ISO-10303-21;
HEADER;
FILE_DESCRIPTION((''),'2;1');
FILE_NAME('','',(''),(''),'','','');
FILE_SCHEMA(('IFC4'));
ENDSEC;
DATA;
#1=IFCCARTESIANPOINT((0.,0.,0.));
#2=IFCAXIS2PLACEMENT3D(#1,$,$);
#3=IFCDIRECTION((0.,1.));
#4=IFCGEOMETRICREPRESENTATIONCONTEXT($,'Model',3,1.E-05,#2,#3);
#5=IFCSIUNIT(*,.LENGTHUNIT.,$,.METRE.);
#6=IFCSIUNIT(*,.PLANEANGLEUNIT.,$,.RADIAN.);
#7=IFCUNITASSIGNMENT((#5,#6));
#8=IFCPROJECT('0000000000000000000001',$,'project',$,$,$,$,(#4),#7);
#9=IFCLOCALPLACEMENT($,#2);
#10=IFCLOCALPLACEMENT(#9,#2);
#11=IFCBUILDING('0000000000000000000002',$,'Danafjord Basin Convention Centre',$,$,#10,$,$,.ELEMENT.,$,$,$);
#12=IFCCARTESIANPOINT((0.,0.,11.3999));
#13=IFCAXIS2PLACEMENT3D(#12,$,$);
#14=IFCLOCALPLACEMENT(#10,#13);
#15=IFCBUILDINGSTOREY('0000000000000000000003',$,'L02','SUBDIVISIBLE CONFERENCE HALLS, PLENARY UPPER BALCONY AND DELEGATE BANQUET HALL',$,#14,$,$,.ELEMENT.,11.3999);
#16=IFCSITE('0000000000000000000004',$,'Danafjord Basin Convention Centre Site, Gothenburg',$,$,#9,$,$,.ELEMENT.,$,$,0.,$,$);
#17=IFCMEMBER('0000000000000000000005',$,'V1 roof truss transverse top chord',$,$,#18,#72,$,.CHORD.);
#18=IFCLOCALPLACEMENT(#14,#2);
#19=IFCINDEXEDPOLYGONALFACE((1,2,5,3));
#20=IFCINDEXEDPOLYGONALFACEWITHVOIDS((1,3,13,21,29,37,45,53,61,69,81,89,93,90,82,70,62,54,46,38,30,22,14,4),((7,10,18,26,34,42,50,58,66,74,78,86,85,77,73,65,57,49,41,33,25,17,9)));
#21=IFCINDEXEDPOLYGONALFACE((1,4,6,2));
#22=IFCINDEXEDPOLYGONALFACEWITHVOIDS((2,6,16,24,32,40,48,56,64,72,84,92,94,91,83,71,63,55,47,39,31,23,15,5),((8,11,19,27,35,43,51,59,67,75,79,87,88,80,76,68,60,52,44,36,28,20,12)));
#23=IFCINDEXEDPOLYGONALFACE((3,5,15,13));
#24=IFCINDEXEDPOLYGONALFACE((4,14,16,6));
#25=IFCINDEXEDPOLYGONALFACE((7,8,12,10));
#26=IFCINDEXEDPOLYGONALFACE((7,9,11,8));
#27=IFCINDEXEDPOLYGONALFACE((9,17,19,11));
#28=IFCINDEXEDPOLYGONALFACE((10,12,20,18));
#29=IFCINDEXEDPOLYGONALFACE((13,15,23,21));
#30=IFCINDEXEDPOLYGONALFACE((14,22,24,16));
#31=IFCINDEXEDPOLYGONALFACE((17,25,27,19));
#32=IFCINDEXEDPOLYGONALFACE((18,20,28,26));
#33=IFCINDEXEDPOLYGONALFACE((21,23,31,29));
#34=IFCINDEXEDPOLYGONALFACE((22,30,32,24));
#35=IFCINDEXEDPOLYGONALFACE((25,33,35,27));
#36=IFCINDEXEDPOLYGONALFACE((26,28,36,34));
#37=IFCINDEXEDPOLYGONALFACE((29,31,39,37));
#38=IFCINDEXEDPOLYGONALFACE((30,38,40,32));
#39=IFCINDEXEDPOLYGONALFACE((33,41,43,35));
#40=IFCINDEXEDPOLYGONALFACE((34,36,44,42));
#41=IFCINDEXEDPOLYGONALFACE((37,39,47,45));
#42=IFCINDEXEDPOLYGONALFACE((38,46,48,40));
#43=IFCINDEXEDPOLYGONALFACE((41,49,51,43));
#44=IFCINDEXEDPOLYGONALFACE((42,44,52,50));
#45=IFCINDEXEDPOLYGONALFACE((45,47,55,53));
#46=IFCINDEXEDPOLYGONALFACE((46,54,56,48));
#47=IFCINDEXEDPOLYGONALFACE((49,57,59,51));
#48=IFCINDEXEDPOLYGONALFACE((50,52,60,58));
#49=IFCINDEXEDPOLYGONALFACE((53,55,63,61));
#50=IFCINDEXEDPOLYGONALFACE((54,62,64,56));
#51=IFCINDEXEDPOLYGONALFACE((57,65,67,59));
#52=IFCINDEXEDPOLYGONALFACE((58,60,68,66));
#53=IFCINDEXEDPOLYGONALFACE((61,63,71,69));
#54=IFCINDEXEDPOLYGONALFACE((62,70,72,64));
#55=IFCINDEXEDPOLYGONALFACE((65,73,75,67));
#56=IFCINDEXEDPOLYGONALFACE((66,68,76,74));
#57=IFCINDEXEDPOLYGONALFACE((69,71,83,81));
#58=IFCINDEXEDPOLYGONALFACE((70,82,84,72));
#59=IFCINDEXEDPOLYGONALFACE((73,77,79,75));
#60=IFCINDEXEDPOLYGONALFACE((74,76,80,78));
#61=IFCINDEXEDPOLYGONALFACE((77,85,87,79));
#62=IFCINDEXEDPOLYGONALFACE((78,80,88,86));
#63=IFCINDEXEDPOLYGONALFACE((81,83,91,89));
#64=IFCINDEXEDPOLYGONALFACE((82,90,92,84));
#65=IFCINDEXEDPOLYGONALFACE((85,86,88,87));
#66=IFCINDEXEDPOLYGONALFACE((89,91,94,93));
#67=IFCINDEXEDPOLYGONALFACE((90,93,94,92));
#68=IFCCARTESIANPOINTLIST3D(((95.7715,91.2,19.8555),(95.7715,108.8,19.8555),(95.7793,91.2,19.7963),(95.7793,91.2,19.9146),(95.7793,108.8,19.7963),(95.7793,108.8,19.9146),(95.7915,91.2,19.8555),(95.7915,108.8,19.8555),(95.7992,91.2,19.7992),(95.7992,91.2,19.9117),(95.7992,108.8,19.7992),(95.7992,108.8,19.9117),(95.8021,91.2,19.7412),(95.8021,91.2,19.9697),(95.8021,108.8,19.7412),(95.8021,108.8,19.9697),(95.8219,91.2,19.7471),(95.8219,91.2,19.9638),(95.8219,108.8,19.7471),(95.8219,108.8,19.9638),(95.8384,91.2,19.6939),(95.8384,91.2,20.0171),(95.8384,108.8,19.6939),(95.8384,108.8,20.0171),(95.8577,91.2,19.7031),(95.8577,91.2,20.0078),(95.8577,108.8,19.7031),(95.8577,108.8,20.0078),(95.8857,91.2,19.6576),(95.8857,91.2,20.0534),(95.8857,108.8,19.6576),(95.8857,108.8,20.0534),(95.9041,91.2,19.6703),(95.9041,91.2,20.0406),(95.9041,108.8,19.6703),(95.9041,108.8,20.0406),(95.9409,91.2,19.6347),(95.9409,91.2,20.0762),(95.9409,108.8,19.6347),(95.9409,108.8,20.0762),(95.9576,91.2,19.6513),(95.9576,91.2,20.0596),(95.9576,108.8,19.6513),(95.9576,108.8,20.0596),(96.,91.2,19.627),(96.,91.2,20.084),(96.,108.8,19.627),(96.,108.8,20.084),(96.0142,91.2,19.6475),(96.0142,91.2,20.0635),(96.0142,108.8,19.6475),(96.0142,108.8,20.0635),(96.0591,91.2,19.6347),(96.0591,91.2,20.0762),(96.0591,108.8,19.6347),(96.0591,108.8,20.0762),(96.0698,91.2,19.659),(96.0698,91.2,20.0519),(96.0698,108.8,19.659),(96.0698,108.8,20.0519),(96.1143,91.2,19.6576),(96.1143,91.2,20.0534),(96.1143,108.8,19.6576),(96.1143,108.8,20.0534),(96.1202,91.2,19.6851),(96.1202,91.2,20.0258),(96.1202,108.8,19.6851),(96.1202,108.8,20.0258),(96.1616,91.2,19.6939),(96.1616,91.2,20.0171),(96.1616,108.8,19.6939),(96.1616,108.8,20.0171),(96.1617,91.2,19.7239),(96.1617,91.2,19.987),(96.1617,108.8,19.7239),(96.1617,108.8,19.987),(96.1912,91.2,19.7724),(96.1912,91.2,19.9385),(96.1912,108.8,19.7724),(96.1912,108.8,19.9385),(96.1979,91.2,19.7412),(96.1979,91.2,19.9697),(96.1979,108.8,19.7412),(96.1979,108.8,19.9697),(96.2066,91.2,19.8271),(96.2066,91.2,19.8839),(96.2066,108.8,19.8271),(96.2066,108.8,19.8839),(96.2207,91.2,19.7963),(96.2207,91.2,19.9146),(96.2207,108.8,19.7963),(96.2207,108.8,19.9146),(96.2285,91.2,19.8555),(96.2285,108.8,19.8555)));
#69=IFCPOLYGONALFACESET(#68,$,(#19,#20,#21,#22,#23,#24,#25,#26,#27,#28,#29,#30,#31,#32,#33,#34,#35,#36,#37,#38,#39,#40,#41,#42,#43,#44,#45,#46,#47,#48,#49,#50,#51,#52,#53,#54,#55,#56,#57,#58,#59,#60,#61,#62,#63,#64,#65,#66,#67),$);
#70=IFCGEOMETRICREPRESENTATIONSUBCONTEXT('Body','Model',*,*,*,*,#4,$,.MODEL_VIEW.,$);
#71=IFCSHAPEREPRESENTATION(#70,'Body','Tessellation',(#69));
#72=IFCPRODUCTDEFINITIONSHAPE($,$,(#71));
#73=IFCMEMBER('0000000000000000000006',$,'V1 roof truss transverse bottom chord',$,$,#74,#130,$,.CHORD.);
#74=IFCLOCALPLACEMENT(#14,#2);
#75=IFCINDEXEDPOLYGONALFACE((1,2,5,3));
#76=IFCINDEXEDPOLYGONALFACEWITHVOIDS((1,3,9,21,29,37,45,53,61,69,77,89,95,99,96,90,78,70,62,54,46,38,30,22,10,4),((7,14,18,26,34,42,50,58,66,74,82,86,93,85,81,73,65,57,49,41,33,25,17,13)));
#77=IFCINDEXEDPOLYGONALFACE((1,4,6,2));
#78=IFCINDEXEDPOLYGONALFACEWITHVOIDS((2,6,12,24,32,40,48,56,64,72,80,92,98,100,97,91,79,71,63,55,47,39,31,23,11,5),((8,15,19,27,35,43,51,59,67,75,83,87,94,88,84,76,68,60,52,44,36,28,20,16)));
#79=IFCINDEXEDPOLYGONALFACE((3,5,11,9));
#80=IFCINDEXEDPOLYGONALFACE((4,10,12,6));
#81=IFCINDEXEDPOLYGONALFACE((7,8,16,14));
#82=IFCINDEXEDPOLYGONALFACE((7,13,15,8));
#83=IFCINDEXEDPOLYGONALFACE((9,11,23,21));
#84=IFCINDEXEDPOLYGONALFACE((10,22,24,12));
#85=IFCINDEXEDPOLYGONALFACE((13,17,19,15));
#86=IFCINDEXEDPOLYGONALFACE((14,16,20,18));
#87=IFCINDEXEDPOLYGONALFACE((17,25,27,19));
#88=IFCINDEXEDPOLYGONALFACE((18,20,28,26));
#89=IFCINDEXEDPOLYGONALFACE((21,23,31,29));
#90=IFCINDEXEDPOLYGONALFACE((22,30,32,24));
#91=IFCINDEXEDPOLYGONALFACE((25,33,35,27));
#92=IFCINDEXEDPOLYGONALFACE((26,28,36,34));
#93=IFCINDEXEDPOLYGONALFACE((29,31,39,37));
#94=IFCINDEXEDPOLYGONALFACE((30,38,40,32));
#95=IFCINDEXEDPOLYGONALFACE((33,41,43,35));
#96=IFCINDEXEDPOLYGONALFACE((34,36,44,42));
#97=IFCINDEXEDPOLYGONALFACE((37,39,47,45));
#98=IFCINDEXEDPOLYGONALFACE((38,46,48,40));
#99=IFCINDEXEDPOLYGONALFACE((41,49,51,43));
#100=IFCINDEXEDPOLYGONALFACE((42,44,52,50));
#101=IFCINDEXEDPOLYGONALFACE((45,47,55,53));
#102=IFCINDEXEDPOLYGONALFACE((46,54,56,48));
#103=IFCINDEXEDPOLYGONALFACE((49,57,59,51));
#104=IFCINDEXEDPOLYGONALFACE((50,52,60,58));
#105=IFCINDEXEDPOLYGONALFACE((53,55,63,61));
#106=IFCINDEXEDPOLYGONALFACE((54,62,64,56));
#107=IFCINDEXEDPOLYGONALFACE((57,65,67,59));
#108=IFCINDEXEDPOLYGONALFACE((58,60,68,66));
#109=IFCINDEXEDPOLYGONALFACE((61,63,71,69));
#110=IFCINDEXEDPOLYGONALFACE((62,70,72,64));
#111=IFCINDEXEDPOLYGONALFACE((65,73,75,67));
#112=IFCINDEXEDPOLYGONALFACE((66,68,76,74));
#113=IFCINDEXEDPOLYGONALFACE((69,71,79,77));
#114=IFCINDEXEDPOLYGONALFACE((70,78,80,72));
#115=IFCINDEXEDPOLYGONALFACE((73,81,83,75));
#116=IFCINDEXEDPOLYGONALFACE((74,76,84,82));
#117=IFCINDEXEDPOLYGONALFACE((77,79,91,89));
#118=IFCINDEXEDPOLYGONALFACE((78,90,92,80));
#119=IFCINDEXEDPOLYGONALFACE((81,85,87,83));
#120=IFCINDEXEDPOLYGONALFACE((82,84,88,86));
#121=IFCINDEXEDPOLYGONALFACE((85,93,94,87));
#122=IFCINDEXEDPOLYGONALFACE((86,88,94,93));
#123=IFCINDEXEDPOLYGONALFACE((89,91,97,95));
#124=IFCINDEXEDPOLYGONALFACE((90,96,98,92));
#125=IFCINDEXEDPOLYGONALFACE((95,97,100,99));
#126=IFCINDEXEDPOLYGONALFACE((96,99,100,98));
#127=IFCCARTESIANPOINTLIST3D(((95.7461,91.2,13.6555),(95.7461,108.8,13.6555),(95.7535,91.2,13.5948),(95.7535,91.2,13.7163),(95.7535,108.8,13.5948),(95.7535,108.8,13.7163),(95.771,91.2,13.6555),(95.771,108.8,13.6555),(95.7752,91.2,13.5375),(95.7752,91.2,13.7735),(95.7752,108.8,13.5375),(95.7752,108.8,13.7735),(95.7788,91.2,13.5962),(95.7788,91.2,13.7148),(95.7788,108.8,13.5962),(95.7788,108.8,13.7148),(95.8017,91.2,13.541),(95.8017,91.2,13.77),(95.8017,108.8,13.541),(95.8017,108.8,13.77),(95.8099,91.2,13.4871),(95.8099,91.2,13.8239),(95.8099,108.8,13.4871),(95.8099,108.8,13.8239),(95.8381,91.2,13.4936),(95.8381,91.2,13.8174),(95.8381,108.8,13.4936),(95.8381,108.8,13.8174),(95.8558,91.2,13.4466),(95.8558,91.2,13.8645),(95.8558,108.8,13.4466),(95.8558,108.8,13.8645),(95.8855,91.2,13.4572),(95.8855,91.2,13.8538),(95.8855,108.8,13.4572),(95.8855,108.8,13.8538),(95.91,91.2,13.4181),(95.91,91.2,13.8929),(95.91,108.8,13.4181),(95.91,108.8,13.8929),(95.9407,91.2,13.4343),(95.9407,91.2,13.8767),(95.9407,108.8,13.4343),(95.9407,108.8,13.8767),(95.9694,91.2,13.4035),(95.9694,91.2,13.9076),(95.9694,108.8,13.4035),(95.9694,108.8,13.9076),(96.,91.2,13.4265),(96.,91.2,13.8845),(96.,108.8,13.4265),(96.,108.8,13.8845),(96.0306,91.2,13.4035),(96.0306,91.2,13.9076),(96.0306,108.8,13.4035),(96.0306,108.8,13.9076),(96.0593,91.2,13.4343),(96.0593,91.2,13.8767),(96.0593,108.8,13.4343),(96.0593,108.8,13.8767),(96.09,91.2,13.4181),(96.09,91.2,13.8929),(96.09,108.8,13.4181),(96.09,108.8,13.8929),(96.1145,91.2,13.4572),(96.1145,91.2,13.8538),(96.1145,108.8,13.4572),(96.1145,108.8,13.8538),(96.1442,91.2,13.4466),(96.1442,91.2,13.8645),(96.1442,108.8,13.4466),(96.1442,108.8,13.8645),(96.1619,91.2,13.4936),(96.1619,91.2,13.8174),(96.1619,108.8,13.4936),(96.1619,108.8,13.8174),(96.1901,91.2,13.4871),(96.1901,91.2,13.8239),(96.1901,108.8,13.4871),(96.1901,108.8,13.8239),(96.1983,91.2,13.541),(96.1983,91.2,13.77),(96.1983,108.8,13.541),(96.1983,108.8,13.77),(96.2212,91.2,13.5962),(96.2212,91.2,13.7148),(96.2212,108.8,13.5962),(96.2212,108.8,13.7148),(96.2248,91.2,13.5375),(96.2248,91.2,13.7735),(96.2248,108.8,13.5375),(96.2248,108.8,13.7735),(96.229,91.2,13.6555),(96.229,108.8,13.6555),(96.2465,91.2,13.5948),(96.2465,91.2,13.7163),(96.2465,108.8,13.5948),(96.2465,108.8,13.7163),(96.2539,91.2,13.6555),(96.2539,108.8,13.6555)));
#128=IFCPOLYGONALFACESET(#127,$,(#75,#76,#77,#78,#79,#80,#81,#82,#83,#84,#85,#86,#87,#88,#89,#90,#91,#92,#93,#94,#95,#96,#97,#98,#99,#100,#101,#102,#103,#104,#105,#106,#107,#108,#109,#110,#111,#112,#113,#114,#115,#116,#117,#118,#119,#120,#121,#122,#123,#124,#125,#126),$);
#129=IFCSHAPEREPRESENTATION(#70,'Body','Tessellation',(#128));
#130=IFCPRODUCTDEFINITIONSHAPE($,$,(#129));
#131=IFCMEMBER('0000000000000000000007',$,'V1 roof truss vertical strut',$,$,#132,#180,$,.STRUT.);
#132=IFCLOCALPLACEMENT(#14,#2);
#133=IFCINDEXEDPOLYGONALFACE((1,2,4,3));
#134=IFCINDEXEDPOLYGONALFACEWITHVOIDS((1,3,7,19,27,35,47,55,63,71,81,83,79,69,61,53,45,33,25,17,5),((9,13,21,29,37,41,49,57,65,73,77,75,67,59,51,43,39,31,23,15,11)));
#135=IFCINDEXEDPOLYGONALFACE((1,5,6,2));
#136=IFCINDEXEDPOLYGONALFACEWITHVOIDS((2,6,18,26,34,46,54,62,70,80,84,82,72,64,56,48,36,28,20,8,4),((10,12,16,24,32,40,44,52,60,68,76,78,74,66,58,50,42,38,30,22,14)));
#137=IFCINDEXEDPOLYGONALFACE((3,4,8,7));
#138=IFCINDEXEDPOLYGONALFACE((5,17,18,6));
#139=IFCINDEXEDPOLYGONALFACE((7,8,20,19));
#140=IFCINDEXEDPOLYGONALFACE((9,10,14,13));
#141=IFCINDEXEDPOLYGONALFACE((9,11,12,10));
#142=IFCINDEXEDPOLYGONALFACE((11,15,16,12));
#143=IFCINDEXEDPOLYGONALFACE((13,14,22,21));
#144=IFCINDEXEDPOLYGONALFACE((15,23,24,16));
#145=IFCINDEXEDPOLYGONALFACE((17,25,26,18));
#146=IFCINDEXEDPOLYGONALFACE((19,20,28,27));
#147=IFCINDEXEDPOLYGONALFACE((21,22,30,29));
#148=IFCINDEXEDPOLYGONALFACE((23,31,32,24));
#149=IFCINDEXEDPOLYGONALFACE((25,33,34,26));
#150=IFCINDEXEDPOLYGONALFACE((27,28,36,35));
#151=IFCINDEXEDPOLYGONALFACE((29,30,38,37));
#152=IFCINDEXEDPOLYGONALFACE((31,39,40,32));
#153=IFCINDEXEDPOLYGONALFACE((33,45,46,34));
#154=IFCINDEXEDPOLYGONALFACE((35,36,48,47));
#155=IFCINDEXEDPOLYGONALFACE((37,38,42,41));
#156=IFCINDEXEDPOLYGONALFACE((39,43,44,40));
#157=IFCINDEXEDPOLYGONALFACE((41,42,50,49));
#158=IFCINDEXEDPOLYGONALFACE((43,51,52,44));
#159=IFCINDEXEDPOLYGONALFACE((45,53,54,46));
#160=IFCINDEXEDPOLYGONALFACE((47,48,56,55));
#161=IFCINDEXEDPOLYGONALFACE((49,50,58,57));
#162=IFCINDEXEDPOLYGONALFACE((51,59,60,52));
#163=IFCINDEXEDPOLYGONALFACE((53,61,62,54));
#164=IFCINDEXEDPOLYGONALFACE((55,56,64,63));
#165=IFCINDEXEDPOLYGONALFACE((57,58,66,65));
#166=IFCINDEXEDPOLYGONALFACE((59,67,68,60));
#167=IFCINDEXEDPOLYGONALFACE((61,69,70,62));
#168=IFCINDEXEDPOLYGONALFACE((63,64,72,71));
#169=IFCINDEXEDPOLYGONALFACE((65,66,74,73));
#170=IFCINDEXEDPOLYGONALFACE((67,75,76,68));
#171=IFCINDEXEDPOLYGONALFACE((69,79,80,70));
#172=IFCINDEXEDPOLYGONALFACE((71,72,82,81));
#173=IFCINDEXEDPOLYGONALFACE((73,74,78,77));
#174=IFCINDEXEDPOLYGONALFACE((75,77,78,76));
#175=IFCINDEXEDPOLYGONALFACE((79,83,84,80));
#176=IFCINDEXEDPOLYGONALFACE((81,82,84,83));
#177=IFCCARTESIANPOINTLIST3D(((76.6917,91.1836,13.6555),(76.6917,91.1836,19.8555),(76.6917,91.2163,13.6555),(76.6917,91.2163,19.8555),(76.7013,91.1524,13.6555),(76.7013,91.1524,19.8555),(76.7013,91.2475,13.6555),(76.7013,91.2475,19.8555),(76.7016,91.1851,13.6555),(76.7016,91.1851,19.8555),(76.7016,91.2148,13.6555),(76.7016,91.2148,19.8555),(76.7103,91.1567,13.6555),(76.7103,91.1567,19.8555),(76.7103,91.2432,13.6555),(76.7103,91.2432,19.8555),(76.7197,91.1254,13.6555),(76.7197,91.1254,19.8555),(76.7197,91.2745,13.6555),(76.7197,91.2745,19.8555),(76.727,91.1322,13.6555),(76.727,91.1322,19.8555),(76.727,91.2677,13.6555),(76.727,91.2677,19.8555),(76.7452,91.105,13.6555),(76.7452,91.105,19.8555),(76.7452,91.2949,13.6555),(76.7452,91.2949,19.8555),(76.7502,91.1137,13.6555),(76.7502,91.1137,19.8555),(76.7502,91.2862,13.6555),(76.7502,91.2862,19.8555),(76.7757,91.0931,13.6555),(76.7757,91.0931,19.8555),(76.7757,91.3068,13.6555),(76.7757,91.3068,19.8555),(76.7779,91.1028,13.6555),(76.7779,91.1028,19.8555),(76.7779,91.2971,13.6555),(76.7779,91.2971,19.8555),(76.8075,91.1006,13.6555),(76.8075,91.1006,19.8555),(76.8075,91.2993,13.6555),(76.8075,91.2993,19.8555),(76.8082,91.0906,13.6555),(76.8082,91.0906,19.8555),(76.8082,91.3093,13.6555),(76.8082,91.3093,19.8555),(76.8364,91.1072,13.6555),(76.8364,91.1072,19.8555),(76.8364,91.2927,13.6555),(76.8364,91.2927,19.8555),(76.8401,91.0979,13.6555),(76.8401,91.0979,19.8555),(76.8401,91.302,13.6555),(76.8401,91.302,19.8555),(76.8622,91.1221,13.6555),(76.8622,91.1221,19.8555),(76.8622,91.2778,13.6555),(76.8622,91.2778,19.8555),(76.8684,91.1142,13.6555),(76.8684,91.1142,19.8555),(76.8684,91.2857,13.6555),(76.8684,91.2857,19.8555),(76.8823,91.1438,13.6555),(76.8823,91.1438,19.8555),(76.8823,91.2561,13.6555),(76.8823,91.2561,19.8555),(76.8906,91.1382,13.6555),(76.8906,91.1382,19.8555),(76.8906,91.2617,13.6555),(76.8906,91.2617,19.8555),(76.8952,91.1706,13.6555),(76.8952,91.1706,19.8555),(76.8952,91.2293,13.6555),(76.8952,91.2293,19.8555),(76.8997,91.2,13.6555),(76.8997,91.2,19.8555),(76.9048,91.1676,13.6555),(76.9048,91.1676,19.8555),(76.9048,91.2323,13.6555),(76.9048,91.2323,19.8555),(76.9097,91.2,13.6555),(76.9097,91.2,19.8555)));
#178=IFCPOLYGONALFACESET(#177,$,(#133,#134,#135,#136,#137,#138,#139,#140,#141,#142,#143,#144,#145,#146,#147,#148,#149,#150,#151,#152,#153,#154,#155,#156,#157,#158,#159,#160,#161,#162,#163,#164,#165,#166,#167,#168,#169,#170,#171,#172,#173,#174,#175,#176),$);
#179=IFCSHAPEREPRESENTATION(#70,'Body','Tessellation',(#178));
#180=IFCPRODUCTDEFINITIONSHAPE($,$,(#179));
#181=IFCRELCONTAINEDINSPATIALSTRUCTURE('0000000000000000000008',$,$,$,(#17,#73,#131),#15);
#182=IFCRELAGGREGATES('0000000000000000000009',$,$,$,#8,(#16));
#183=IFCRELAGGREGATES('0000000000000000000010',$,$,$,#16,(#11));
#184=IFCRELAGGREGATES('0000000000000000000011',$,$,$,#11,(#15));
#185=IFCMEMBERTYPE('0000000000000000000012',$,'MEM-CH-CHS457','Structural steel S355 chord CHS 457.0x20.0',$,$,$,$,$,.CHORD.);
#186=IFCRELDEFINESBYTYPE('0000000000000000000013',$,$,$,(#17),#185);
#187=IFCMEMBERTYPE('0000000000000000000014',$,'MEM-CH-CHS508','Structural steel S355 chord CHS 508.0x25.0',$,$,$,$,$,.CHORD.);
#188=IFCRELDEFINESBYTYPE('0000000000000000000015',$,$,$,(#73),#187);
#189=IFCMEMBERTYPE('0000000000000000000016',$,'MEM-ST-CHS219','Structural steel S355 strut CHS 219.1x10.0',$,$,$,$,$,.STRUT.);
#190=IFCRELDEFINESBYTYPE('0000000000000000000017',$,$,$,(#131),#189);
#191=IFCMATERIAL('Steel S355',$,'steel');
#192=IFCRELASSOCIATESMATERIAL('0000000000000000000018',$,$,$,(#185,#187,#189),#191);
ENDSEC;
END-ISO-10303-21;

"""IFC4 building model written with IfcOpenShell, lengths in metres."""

from ifc_helpers import new_model, si_unit, direction, frame, origin, origin_2d, place, context, subcontext, project, spatial, hollow_circle, extrude, material, material_profile, profile_set, type_object, element, save


model = new_model("IFC4")

# Units and contexts
model_context = context("Model", 3, precision=1e-05, world=origin(), true_north=direction((0.0, 1.0)))
body_context = subcontext(model_context, "Body", "Model", "MODEL_VIEW")
ifc_project = project(units=[si_unit("LENGTHUNIT", "METRE"), si_unit("PLANEANGLEUNIT", "RADIAN")], contexts=[model_context])

# Site, building, storey
site_placement = place(None, origin())
site = spatial("IfcSite", under=ifc_project, at=site_placement, Name="Danafjord Basin Convention Centre Site, Gothenburg", CompositionType="ELEMENT", RefElevation=0.0)
building_placement = place(site_placement, origin())
building = spatial("IfcBuilding", under=site, at=building_placement, Name="Danafjord Basin Convention Centre", CompositionType="ELEMENT")
storey_placement = place(building_placement, frame((0.0, 0.0, 11.3999)))
storey = spatial("IfcBuildingStorey", under=building, at=storey_placement, Name="L02", Description="SUBDIVISIBLE CONFERENCE HALLS, PLENARY UPPER BALCONY AND DELEGATE BANQUET HALL", CompositionType="ELEMENT", Elevation=11.3999)

# Members
ifc_material = material(Name="Steel S355", Category="steel")
ifc_material_profile_1 = material_profile(ifc_material, hollow_circle(Radius=0.2285, WallThickness=0.02, at=origin_2d()), Name="CHS 457.0x20.0")
ifc_profile_set_1 = profile_set([ifc_material_profile_1], Name="Steel S355")
member_type_1 = type_object("IfcMemberType", Name="MEM-CH-CHS457", Description="Structural steel S355 chord CHS 457.0x20.0", PredefinedType="CHORD", material=ifc_profile_set_1)
member_1_placement = place(storey_placement, frame((96.0, 91.2, 19.8555), z_axis=(0.0, 1.0, 0.0), x_axis=(-1.0, 0.0, 0.0)))
element("IfcMember", 1, at=member_1_placement, inside=storey, type_object=member_type_1, Name="V1 roof truss transverse top chord", PredefinedType="CHORD", context=body_context, shape_type="SweptSolid", body=[
    extrude(hollow_circle(Radius=0.2285, WallThickness=0.02, at=origin_2d()), origin(), (0.0, 0.0, 1.0), 17.6001),
])
ifc_material_profile_2 = material_profile(ifc_material, hollow_circle(Radius=0.2539, WallThickness=0.0249, at=origin_2d()), Name="CHS 508.0x25.0")
ifc_profile_set_2 = profile_set([ifc_material_profile_2], Name="Steel S355")
member_type_2 = type_object("IfcMemberType", Name="MEM-CH-CHS508", Description="Structural steel S355 chord CHS 508.0x25.0", PredefinedType="CHORD", material=ifc_profile_set_2)
member_2_placement = place(storey_placement, frame((96.0, 91.2, 13.6555), z_axis=(0.0, 1.0, 0.0), x_axis=(-1.0, 0.0, 0.0)))
element("IfcMember", 2, at=member_2_placement, inside=storey, type_object=member_type_2, Name="V1 roof truss transverse bottom chord", PredefinedType="CHORD", context=body_context, shape_type="SweptSolid", body=[
    extrude(hollow_circle(Radius=0.2539, WallThickness=0.0249, at=origin_2d()), origin(), (0.0, 0.0, 1.0), 17.6001),
])
ifc_material_profile_3 = material_profile(ifc_material, hollow_circle(Radius=0.1096, WallThickness=0.01, at=origin_2d()), Name="CHS 219.1x10.0")
ifc_profile_set_3 = profile_set([ifc_material_profile_3], Name="Steel S355")
member_type_3 = type_object("IfcMemberType", Name="MEM-ST-CHS219", Description="Structural steel S355 strut CHS 219.1x10.0", PredefinedType="STRUT", material=ifc_profile_set_3)
for number, where, z_axis, x_axis, name in (
    (3, (76.8, 91.2, 13.6555), (0.0, 0.0, 1.0), (1.0, 0.0, 0.0), "V1 roof truss vertical strut"),
):
    element("IfcMember", number, at=place(storey_placement, frame(where, z_axis=z_axis, x_axis=x_axis)), inside=storey, type_object=member_type_3, Name=name, PredefinedType="STRUT", context=body_context, shape_type="SweptSolid", body=[
        extrude(hollow_circle(Radius=0.1096, WallThickness=0.01, at=origin_2d()), origin(), (0.0, 0.0, 1.0), 6.2),
    ])

save(model, "model.ifc")
